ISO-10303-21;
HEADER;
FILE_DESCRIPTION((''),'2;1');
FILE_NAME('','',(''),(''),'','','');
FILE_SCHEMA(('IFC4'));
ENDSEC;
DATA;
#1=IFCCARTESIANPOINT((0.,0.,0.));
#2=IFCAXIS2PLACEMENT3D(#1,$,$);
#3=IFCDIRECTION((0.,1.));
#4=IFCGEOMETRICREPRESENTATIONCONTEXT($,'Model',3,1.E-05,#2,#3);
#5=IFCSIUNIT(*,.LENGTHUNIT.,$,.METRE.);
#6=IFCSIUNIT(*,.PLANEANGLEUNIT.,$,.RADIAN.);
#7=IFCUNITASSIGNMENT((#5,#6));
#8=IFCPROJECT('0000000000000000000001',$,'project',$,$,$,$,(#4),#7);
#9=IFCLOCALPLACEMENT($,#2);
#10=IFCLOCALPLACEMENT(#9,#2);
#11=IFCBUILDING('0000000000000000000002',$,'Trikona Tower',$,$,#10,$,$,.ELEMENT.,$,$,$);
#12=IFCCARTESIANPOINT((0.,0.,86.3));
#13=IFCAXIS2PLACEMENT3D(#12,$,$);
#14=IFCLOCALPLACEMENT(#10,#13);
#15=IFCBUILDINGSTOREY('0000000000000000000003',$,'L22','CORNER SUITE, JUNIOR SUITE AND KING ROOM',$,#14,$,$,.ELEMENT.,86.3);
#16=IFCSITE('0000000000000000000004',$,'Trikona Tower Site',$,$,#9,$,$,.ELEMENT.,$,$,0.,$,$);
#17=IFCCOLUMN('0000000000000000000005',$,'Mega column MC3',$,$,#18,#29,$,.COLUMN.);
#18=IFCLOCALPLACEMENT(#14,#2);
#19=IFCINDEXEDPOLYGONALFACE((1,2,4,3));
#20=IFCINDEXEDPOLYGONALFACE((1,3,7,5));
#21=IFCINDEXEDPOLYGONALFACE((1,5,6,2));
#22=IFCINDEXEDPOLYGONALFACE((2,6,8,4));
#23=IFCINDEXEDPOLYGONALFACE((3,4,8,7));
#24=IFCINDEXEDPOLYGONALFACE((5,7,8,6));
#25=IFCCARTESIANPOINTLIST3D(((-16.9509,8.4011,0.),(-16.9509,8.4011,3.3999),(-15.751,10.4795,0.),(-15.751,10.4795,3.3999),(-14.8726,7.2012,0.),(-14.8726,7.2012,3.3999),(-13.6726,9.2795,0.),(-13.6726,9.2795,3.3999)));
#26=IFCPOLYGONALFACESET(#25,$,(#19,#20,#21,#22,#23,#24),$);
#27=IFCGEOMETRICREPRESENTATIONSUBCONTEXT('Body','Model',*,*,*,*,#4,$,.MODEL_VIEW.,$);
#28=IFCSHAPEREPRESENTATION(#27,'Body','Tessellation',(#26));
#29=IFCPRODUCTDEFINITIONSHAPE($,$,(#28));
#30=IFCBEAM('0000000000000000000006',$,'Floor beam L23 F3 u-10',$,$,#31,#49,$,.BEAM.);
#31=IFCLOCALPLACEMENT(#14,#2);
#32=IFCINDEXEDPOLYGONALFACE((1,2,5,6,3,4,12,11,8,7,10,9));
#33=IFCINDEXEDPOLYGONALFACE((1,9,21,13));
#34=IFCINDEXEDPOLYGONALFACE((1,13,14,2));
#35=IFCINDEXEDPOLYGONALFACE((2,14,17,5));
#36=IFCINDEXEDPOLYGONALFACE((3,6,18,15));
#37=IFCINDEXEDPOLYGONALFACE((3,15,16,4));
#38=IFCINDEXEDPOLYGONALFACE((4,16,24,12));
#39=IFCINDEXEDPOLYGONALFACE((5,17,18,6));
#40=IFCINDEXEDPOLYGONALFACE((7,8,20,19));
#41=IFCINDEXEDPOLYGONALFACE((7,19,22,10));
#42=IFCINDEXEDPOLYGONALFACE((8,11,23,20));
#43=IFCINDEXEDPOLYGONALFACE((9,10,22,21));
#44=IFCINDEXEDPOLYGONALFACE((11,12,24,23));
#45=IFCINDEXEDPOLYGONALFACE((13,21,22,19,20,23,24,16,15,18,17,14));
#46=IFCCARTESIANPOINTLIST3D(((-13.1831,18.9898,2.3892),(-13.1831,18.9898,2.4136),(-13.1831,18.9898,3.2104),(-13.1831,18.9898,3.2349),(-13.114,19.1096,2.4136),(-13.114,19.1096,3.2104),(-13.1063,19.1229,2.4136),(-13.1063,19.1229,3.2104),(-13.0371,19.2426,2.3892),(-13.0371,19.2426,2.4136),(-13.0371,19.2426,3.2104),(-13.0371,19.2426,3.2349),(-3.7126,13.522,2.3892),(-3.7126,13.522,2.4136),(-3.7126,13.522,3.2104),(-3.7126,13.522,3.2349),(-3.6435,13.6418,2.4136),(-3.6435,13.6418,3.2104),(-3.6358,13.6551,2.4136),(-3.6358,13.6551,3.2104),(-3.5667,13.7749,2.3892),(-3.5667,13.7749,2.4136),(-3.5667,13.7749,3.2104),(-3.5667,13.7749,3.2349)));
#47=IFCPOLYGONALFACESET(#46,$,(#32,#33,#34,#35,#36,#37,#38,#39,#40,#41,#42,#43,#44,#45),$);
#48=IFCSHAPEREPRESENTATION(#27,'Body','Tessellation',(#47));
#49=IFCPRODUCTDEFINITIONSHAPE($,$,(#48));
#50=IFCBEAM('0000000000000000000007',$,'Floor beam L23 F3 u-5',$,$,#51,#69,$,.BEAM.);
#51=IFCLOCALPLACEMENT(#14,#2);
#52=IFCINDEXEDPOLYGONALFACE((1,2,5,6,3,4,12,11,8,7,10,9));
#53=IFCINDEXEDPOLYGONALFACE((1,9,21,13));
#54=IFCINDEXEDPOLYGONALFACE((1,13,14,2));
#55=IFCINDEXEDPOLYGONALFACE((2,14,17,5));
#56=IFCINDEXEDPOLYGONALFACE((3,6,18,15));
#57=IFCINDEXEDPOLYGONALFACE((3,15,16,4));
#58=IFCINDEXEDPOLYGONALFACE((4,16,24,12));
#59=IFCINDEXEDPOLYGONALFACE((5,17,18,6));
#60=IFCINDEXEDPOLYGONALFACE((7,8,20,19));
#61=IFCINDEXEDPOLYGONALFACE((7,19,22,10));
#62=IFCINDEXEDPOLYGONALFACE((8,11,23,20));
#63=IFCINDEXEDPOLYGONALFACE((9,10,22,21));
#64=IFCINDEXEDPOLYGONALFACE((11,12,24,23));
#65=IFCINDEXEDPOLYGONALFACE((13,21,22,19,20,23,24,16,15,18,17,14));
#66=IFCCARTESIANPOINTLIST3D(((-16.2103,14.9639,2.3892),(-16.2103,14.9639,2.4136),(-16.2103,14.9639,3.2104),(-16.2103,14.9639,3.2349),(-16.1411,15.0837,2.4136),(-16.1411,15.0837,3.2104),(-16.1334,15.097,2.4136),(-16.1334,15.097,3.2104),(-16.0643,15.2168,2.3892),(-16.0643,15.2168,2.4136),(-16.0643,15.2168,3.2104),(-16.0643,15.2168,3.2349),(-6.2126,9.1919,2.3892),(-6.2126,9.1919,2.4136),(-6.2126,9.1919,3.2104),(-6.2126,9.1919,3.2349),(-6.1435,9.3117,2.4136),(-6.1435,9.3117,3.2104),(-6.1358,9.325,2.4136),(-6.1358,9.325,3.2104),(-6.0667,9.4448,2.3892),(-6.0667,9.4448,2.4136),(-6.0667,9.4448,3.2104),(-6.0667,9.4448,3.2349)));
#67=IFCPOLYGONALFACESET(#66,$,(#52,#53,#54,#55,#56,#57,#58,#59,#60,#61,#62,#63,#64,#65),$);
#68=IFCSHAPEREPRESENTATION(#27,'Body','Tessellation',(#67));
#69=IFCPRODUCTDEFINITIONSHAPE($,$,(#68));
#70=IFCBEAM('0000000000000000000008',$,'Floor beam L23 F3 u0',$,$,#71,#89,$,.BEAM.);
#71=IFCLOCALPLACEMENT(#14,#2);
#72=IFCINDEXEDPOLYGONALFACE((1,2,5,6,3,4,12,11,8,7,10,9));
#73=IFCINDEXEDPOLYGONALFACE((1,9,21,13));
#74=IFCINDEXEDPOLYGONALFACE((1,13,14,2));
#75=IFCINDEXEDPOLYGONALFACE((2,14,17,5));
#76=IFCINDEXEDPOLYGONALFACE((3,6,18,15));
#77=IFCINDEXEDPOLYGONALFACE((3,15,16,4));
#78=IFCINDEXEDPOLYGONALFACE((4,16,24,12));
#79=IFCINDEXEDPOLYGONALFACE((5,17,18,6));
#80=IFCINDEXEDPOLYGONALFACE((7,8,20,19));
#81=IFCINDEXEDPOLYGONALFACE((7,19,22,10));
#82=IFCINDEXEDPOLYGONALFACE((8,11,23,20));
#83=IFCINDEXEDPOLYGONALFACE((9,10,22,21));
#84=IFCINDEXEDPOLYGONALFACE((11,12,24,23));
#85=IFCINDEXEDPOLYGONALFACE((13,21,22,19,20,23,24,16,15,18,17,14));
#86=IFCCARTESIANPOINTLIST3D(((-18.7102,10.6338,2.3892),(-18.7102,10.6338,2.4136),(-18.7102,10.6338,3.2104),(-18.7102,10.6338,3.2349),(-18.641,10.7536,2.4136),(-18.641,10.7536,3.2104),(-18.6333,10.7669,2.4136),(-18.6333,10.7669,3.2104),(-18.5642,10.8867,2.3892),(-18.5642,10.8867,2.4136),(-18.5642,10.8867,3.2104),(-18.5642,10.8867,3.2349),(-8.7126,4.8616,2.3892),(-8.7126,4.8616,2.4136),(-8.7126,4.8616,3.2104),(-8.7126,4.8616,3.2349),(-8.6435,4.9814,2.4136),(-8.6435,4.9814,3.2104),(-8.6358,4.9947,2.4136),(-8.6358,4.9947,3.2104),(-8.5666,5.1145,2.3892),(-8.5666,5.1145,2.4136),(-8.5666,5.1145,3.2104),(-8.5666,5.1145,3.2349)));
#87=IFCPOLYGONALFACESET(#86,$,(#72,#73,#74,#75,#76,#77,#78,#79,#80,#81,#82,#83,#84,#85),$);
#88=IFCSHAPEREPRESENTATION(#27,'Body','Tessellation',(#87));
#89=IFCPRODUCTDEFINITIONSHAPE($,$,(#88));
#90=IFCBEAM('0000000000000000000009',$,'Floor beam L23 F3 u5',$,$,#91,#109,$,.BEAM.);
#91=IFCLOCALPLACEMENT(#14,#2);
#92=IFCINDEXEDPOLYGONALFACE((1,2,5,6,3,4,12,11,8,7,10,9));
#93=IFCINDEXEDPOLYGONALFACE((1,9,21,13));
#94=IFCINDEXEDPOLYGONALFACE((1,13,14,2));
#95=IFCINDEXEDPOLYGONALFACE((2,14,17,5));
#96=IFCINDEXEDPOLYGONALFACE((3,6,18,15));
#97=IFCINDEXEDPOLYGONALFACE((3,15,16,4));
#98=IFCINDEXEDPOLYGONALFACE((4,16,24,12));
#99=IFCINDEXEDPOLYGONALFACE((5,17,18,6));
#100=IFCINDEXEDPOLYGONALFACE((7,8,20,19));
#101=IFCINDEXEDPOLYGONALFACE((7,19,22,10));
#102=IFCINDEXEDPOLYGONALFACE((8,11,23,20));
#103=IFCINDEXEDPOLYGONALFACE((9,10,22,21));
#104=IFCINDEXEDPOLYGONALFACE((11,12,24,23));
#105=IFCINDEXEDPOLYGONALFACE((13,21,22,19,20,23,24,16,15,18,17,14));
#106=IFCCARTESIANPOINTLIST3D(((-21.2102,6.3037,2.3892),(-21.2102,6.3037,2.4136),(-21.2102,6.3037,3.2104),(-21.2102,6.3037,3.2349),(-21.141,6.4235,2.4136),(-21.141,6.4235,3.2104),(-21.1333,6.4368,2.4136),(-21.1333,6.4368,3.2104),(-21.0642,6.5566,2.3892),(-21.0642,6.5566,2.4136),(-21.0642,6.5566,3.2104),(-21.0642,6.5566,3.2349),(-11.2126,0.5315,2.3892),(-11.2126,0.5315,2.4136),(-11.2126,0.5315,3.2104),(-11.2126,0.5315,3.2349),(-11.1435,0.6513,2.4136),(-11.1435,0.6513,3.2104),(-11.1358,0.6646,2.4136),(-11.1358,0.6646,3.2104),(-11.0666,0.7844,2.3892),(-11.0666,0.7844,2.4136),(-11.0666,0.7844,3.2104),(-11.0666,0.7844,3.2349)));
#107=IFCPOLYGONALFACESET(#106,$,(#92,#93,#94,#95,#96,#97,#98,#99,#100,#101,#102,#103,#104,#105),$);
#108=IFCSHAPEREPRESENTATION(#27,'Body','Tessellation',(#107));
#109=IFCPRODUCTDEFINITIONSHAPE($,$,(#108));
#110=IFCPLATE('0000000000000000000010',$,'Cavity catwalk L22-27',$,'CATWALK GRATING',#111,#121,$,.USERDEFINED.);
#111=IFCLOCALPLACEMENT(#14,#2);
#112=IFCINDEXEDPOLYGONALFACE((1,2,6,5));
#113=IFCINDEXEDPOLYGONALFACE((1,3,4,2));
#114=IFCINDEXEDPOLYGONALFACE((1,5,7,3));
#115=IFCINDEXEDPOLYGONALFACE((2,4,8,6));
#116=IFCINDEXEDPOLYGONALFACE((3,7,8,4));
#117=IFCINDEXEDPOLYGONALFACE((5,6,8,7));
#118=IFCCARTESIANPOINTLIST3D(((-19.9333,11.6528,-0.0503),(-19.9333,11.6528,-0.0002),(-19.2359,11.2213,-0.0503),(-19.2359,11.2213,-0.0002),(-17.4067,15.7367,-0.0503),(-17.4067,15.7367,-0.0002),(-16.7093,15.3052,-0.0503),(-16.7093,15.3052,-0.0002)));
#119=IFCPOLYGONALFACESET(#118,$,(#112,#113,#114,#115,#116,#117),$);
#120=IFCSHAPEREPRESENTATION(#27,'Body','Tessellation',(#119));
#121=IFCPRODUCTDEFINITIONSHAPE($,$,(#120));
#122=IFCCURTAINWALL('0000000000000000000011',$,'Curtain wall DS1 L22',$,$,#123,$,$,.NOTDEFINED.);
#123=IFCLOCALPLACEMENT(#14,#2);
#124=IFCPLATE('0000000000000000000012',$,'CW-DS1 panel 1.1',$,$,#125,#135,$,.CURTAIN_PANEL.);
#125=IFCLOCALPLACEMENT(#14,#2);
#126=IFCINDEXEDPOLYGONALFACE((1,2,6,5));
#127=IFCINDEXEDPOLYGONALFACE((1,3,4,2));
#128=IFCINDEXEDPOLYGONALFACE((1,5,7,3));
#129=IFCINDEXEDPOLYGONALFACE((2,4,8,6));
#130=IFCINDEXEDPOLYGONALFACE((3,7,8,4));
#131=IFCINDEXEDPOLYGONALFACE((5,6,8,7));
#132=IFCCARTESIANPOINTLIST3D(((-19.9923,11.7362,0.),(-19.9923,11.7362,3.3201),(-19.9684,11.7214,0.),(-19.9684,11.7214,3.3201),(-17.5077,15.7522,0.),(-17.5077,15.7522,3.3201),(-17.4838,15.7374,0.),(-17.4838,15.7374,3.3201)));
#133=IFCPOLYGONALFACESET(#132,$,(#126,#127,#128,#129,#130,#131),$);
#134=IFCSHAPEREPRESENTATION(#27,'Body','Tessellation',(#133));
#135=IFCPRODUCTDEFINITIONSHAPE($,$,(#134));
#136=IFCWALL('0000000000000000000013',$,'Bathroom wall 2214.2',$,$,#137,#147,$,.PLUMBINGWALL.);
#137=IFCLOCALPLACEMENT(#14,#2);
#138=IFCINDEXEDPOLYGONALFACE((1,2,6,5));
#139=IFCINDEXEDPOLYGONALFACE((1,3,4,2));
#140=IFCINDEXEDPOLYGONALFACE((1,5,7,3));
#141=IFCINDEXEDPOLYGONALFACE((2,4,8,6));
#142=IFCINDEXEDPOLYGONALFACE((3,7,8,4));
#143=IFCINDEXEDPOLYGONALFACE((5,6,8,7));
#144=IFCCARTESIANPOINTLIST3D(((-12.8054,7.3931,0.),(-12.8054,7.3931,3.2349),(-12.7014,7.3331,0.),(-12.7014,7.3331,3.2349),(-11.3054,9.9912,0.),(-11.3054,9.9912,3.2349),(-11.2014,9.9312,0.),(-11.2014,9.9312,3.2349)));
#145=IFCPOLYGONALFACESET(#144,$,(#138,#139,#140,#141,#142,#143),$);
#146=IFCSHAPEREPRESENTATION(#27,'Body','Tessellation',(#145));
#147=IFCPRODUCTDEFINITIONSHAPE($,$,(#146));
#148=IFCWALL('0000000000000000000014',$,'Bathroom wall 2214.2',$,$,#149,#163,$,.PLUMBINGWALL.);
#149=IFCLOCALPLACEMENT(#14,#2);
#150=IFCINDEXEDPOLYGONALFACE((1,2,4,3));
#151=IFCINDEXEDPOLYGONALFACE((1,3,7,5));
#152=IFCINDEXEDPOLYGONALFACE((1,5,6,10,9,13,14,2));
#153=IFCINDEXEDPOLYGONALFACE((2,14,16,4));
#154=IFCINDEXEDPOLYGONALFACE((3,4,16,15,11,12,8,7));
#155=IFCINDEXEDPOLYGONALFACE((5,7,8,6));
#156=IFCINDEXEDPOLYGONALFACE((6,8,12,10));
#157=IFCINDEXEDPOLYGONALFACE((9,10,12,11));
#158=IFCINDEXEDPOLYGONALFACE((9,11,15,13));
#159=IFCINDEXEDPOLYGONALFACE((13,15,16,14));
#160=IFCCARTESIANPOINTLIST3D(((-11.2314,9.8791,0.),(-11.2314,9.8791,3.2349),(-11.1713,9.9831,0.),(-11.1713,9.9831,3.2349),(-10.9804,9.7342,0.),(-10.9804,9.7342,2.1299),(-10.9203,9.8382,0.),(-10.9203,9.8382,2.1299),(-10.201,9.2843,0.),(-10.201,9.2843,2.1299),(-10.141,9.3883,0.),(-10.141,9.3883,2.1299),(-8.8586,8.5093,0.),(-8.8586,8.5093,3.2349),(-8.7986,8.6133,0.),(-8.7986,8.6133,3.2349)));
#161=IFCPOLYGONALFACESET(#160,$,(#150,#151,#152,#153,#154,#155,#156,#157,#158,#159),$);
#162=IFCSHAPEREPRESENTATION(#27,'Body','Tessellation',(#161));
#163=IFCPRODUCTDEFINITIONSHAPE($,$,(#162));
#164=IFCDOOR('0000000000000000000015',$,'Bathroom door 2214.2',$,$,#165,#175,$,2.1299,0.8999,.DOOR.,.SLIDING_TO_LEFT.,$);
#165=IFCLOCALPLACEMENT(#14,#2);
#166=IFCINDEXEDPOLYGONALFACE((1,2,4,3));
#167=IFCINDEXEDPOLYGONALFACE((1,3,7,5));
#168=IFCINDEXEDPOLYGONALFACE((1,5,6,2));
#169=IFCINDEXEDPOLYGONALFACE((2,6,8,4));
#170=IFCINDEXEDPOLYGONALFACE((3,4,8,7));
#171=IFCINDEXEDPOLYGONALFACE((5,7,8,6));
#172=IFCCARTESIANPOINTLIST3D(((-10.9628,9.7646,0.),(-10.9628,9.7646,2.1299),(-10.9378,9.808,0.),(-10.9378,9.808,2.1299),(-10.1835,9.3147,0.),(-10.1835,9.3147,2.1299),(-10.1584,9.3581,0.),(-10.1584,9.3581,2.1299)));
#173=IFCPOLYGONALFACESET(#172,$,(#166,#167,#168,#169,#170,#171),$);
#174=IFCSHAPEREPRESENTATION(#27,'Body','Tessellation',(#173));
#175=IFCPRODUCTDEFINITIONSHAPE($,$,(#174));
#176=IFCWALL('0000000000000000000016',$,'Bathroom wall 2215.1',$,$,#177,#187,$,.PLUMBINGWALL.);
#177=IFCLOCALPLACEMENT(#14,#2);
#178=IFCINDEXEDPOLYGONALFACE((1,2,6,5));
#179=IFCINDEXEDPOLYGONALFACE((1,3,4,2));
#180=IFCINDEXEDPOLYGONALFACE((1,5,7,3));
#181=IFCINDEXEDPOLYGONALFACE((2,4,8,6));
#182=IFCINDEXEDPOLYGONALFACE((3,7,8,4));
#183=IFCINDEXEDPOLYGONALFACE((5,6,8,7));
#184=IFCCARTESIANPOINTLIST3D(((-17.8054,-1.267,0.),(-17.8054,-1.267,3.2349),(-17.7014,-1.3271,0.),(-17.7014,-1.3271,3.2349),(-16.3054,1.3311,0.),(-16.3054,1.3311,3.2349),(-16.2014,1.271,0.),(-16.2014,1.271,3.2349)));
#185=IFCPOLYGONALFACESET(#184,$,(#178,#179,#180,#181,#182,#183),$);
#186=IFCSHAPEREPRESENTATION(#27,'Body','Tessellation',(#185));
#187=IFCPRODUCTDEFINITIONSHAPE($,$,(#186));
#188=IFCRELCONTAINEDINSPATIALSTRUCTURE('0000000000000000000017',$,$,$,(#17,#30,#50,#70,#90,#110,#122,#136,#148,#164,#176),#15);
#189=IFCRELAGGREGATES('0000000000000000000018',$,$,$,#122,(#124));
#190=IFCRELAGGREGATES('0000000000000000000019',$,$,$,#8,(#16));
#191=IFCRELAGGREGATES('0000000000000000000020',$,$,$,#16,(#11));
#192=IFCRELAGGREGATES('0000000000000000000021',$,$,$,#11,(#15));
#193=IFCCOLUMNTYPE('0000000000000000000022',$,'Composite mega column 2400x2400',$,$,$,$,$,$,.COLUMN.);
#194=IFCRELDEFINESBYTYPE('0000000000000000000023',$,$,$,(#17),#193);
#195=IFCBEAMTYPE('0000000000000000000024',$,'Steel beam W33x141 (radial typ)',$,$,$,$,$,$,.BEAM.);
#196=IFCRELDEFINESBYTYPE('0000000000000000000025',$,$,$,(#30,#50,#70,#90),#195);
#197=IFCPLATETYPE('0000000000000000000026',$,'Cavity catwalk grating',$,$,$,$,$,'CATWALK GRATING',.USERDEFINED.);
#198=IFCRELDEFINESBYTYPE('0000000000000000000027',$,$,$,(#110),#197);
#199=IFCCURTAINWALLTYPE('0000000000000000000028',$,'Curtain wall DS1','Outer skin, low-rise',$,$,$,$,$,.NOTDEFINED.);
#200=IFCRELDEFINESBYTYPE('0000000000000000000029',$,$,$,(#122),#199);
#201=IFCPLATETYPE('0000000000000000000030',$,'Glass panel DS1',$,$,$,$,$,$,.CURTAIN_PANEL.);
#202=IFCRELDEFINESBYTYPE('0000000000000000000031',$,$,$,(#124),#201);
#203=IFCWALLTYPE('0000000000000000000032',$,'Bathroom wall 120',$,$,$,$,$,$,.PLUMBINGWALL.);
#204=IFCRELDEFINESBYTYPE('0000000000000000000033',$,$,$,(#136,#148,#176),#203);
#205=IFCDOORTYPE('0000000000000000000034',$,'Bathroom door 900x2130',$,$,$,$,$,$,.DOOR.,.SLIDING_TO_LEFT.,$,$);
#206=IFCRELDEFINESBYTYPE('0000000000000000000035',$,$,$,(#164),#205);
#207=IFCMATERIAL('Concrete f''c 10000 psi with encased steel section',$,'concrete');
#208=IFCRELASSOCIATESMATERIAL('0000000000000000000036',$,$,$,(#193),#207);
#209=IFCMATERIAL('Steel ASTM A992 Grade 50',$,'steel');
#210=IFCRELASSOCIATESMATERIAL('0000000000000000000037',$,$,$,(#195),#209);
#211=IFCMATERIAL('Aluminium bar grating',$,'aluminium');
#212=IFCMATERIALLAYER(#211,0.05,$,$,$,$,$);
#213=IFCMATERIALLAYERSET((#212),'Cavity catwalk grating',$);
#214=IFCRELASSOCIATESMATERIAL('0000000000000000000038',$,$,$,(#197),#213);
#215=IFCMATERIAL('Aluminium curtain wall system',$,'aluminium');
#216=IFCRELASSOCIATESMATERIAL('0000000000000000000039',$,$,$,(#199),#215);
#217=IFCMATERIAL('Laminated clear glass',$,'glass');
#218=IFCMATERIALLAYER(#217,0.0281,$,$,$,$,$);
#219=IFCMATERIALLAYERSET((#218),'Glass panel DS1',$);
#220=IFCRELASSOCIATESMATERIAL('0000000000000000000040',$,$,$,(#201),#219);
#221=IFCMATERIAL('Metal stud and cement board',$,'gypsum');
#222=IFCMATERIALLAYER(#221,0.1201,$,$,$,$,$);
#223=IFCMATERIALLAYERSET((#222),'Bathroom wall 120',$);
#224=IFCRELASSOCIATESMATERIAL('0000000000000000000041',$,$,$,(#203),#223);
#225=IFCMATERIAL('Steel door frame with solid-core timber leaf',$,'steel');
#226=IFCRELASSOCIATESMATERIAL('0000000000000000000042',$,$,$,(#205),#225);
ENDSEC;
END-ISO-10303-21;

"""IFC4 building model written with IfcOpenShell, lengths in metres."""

from ifc_helpers import new_model, si_unit, direction, frame, frame_2d, origin, origin_2d, place, context, subcontext, project, spatial, rectangle, i_section, extrude, material, layer, layer_set, material_profile, profile_set, type_object, element, fill, aggregate, save


model = new_model("IFC4")

# Units and contexts
model_context = context("Model", 3, precision=1e-05, world=origin(), true_north=direction((0.0, 1.0)))
body_context = subcontext(model_context, "Body", "Model", "MODEL_VIEW")
ifc_project = project(units=[si_unit("LENGTHUNIT", "METRE"), si_unit("PLANEANGLEUNIT", "RADIAN")], contexts=[model_context])

# Site, building, storey
site_placement = place(None, origin())
site = spatial("IfcSite", under=ifc_project, at=site_placement, Name="Trikona Tower Site", CompositionType="ELEMENT", RefElevation=0.0)
building_placement = place(site_placement, origin())
building = spatial("IfcBuilding", under=site, at=building_placement, Name="Trikona Tower", CompositionType="ELEMENT")
storey_placement = place(building_placement, frame((0.0, 0.0, 86.3)))
storey = spatial("IfcBuildingStorey", under=building, at=storey_placement, Name="L22", Description="CORNER SUITE, JUNIOR SUITE AND KING ROOM", CompositionType="ELEMENT", Elevation=86.3)

# Column
ifc_material_1 = material(Name="Concrete f'c 10000 psi with encased steel section", Category="concrete")
ifc_material_profile_1 = material_profile(ifc_material_1, rectangle(XDim=2.3999, YDim=2.3999, at=origin_2d()), Name="MC2400")
ifc_profile_set_1 = profile_set([ifc_material_profile_1], Name="Concrete f'c 10000 psi with encased steel section")
column_type = type_object("IfcColumnType", Name="Composite mega column 2400x2400", PredefinedType="COLUMN", material=ifc_profile_set_1)
column_placement = place(storey_placement, frame((-15.3118, 8.8403, 0.0), z_axis=(0.0, 0.0, 1.0), x_axis=(-0.866025, 0.5, 0.0)))
element("IfcColumn", 1, at=column_placement, inside=storey, type_object=column_type, Name="Mega column MC3", PredefinedType="COLUMN", context=body_context, shape_type="SweptSolid", body=[
    extrude(rectangle(XDim=2.3999, YDim=2.3999, at=origin_2d()), origin(), (0.0, 0.0, 1.0), 3.3999),
])

# Beams
ifc_material_2 = material(Name="Steel ASTM A992 Grade 50", Category="steel")
ifc_material_profile_2 = material_profile(ifc_material_2, i_section(OverallWidth=0.292, OverallDepth=0.8457, WebThickness=0.0154, FlangeThickness=0.0244, at=origin_2d()), Name="W33X141")
ifc_profile_set_2 = profile_set([ifc_material_profile_2], Name="Steel ASTM A992 Grade 50")
beam_type = type_object("IfcBeamType", Name="Steel beam W33x141 (radial typ)", PredefinedType="BEAM", material=ifc_profile_set_2)
beam_placement = place(storey_placement, frame((-3.6396, 13.6484, 2.812), z_axis=(-0.866025, 0.5, 0.0), x_axis=(-0.5, -0.866025, 0.0)))
element("IfcBeam", 2, at=beam_placement, inside=storey, type_object=beam_type, Name="Floor beam L23 F3 u-10", PredefinedType="BEAM", context=body_context, shape_type="SweptSolid", body=[
    extrude(i_section(OverallWidth=0.292, OverallDepth=0.8457, WebThickness=0.0154, FlangeThickness=0.0244, at=origin_2d()), origin(), (0.0, 0.0, 1.0), 10.9355),
])
for number, where, z_axis, x_axis, name in (
    (3, (-6.1396, 9.3184, 2.812), (-0.86603, 0.499992, 0.0), (-0.499992, -0.86603, 0.0), "Floor beam L23 F3 u-5"),
    (4, (-8.6396, 4.988, 2.812), (-0.866021, 0.500008, 0.0), (-0.500008, -0.866021, 0.0), "Floor beam L23 F3 u0"),
    (5, (-11.1396, 0.658, 2.812), (-0.866021, 0.500008, 0.0), (-0.500008, -0.866021, 0.0), "Floor beam L23 F3 u5"),
):
    element("IfcBeam", number, at=place(storey_placement, frame(where, z_axis=z_axis, x_axis=x_axis)), inside=storey, type_object=beam_type, Name=name, PredefinedType="BEAM", context=body_context, shape_type="SweptSolid", body=[
        extrude(i_section(OverallWidth=0.292, OverallDepth=0.8457, WebThickness=0.0154, FlangeThickness=0.0244, at=origin_2d()), origin(), (0.0, 0.0, 1.0), 11.5442),
    ])

# Plate
ifc_material_3 = material(Name="Aluminium bar grating", Category="aluminium")
ifc_layer_1 = layer(ifc_material_3, 0.05)
ifc_layer_set_1 = layer_set([ifc_layer_1], Name="Cavity catwalk grating")
plate_type_1 = type_object("IfcPlateType", Name="Cavity catwalk grating", ElementType="CATWALK GRATING", PredefinedType="USERDEFINED", material=ifc_layer_set_1)
plate_1_placement = place(storey_placement, frame((-18.3213, 13.479, -0.0503), z_axis=(0.0, 0.0, 1.0), x_axis=(-0.526119, -0.850411, 0.0)))
element("IfcPlate", 6, at=plate_1_placement, inside=storey, type_object=plate_type_1, Name="Cavity catwalk L22-27", ObjectType="CATWALK GRATING", PredefinedType="USERDEFINED", context=body_context, shape_type="SweptSolid", body=[
    extrude(rectangle(XDim=4.8022, YDim=0.8201, at=origin_2d()), origin(), (0.0, 0.0, 1.0), 0.05),
])

# Curtain wall, plate
ifc_material_4 = material(Name="Aluminium curtain wall system", Category="aluminium")
curtain_wall_type = type_object("IfcCurtainWallType", Name="Curtain wall DS1", Description="Outer skin, low-rise", PredefinedType="NOTDEFINED", material=ifc_material_4)
curtain_wall_placement = place(storey_placement, origin())
curtain_wall = element("IfcCurtainWall", 7, at=curtain_wall_placement, inside=storey, type_object=curtain_wall_type, Name="Curtain wall DS1 L22", PredefinedType="NOTDEFINED")
ifc_material_5 = material(Name="Laminated clear glass", Category="glass")
ifc_layer_2 = layer(ifc_material_5, 0.0281)
ifc_layer_set_2 = layer_set([ifc_layer_2], Name="Glass panel DS1")
plate_type_2 = type_object("IfcPlateType", Name="Glass panel DS1", PredefinedType="CURTAIN_PANEL", material=ifc_layer_set_2)
plate_2_placement = place(storey_placement, frame((-18.738, 13.7368, 0.0), z_axis=(0.0, 0.0, 1.0), x_axis=(-0.52612, -0.85041, 0.0)))
plate_2 = element("IfcPlate", 8, at=plate_2_placement, type_object=plate_type_2, Name="CW-DS1 panel 1.1", PredefinedType="CURTAIN_PANEL", context=body_context, shape_type="SweptSolid", body=[
    extrude(rectangle(XDim=4.7224, YDim=0.0281, at=origin_2d()), origin(), (0.0, 0.0, 1.0), 3.3201),
])
aggregate(curtain_wall, [plate_2])

# Wall
ifc_material_6 = material(Name="Metal stud and cement board", Category="gypsum")
ifc_layer_3 = layer(ifc_material_6, 0.1201)
ifc_layer_set_3 = layer_set([ifc_layer_3], Name="Bathroom wall 120")
wall_type_1 = type_object("IfcWallType", Name="Bathroom wall 120", PredefinedType="PLUMBINGWALL", material=ifc_layer_set_3)
wall_1_placement = place(storey_placement, frame((-11.2534, 9.9612, 0.0), z_axis=(0.0, 0.0, 1.0), x_axis=(-0.49999, -0.866031, 0.0)))
element("IfcWall", 9, at=wall_1_placement, inside=storey, type_object=wall_type_1, Name="Bathroom wall 2214.2", PredefinedType="PLUMBINGWALL", context=body_context, shape_type="SweptSolid", body=[
    extrude(rectangle(XDim=3.0, YDim=0.1201, at=frame_2d((1.5, 0.0))), origin(), (0.0, 0.0, 1.0), 3.2349),
])

# Wall, opening, door
wall_2_placement = place(storey_placement, frame((-8.8286, 8.5613, 0.0), z_axis=(0.0, 0.0, 1.0), x_axis=(-0.866036, 0.499982, 0.0)))
wall_2 = element("IfcWall", 10, at=wall_2_placement, inside=storey, type_object=wall_type_1, Name="Bathroom wall 2214.2", PredefinedType="PLUMBINGWALL", context=body_context, shape_type="SweptSolid", body=[
    extrude(rectangle(XDim=2.7397, YDim=0.1201, at=frame_2d((1.3699, 0.0))), origin(), (0.0, 0.0, 1.0), 3.2349),
])
opening_1_placement = place(wall_2_placement, frame((1.55, 0.0, 0.0)))
opening_1 = element("IfcOpeningElement", 11, at=opening_1_placement, cuts=wall_2, PredefinedType="OPENING", context=body_context, shape_type="SweptSolid", body=[
    extrude(rectangle(XDim=0.8999, YDim=2.1299, at=frame_2d((0.45, 1.0649))), frame((0.0, 0.0701, 0.0), z_axis=(0.0, -1.0, 0.0), x_axis=(1.0, 0.0, 0.0)), (0.0, 0.0, 1.0), 0.1401),
])
ifc_material_7 = material(Name="Steel door frame with solid-core timber leaf", Category="steel")
door_type_1 = type_object("IfcDoorType", Name="Bathroom door 900x2130", OperationType="SLIDING_TO_LEFT", PredefinedType="DOOR", material=ifc_material_7)
door_1_placement = place(opening_1_placement, origin())
door_1 = element("IfcDoor", 12, at=door_1_placement, inside=storey, type_object=door_type_1, Name="Bathroom door 2214.2", OperationType="SLIDING_TO_LEFT", OverallHeight=2.1299, OverallWidth=0.8999, PredefinedType="DOOR", context=body_context, shape_type="SweptSolid", body=[
    extrude(rectangle(XDim=0.8999, YDim=2.1299, at=frame_2d((0.45, 1.0649))), frame((0.0, 0.0249, 0.0), z_axis=(0.0, -1.0, 0.0), x_axis=(1.0, 0.0, 0.0)), (0.0, 0.0, 1.0), 0.05),
])
fill(opening_1, door_1)

# Wall
wall_3_placement = place(storey_placement, frame((-16.2534, 1.301, 0.0), z_axis=(0.0, 0.0, 1.0), x_axis=(-0.49999, -0.866031, 0.0)))
element("IfcWall", 13, at=wall_3_placement, inside=storey, type_object=wall_type_1, Name="Bathroom wall 2215.1", PredefinedType="PLUMBINGWALL", context=body_context, shape_type="SweptSolid", body=[
    extrude(rectangle(XDim=3.0, YDim=0.1201, at=frame_2d((1.5, 0.0))), origin(), (0.0, 0.0, 1.0), 3.2349),
])

save(model, "model.ifc")
